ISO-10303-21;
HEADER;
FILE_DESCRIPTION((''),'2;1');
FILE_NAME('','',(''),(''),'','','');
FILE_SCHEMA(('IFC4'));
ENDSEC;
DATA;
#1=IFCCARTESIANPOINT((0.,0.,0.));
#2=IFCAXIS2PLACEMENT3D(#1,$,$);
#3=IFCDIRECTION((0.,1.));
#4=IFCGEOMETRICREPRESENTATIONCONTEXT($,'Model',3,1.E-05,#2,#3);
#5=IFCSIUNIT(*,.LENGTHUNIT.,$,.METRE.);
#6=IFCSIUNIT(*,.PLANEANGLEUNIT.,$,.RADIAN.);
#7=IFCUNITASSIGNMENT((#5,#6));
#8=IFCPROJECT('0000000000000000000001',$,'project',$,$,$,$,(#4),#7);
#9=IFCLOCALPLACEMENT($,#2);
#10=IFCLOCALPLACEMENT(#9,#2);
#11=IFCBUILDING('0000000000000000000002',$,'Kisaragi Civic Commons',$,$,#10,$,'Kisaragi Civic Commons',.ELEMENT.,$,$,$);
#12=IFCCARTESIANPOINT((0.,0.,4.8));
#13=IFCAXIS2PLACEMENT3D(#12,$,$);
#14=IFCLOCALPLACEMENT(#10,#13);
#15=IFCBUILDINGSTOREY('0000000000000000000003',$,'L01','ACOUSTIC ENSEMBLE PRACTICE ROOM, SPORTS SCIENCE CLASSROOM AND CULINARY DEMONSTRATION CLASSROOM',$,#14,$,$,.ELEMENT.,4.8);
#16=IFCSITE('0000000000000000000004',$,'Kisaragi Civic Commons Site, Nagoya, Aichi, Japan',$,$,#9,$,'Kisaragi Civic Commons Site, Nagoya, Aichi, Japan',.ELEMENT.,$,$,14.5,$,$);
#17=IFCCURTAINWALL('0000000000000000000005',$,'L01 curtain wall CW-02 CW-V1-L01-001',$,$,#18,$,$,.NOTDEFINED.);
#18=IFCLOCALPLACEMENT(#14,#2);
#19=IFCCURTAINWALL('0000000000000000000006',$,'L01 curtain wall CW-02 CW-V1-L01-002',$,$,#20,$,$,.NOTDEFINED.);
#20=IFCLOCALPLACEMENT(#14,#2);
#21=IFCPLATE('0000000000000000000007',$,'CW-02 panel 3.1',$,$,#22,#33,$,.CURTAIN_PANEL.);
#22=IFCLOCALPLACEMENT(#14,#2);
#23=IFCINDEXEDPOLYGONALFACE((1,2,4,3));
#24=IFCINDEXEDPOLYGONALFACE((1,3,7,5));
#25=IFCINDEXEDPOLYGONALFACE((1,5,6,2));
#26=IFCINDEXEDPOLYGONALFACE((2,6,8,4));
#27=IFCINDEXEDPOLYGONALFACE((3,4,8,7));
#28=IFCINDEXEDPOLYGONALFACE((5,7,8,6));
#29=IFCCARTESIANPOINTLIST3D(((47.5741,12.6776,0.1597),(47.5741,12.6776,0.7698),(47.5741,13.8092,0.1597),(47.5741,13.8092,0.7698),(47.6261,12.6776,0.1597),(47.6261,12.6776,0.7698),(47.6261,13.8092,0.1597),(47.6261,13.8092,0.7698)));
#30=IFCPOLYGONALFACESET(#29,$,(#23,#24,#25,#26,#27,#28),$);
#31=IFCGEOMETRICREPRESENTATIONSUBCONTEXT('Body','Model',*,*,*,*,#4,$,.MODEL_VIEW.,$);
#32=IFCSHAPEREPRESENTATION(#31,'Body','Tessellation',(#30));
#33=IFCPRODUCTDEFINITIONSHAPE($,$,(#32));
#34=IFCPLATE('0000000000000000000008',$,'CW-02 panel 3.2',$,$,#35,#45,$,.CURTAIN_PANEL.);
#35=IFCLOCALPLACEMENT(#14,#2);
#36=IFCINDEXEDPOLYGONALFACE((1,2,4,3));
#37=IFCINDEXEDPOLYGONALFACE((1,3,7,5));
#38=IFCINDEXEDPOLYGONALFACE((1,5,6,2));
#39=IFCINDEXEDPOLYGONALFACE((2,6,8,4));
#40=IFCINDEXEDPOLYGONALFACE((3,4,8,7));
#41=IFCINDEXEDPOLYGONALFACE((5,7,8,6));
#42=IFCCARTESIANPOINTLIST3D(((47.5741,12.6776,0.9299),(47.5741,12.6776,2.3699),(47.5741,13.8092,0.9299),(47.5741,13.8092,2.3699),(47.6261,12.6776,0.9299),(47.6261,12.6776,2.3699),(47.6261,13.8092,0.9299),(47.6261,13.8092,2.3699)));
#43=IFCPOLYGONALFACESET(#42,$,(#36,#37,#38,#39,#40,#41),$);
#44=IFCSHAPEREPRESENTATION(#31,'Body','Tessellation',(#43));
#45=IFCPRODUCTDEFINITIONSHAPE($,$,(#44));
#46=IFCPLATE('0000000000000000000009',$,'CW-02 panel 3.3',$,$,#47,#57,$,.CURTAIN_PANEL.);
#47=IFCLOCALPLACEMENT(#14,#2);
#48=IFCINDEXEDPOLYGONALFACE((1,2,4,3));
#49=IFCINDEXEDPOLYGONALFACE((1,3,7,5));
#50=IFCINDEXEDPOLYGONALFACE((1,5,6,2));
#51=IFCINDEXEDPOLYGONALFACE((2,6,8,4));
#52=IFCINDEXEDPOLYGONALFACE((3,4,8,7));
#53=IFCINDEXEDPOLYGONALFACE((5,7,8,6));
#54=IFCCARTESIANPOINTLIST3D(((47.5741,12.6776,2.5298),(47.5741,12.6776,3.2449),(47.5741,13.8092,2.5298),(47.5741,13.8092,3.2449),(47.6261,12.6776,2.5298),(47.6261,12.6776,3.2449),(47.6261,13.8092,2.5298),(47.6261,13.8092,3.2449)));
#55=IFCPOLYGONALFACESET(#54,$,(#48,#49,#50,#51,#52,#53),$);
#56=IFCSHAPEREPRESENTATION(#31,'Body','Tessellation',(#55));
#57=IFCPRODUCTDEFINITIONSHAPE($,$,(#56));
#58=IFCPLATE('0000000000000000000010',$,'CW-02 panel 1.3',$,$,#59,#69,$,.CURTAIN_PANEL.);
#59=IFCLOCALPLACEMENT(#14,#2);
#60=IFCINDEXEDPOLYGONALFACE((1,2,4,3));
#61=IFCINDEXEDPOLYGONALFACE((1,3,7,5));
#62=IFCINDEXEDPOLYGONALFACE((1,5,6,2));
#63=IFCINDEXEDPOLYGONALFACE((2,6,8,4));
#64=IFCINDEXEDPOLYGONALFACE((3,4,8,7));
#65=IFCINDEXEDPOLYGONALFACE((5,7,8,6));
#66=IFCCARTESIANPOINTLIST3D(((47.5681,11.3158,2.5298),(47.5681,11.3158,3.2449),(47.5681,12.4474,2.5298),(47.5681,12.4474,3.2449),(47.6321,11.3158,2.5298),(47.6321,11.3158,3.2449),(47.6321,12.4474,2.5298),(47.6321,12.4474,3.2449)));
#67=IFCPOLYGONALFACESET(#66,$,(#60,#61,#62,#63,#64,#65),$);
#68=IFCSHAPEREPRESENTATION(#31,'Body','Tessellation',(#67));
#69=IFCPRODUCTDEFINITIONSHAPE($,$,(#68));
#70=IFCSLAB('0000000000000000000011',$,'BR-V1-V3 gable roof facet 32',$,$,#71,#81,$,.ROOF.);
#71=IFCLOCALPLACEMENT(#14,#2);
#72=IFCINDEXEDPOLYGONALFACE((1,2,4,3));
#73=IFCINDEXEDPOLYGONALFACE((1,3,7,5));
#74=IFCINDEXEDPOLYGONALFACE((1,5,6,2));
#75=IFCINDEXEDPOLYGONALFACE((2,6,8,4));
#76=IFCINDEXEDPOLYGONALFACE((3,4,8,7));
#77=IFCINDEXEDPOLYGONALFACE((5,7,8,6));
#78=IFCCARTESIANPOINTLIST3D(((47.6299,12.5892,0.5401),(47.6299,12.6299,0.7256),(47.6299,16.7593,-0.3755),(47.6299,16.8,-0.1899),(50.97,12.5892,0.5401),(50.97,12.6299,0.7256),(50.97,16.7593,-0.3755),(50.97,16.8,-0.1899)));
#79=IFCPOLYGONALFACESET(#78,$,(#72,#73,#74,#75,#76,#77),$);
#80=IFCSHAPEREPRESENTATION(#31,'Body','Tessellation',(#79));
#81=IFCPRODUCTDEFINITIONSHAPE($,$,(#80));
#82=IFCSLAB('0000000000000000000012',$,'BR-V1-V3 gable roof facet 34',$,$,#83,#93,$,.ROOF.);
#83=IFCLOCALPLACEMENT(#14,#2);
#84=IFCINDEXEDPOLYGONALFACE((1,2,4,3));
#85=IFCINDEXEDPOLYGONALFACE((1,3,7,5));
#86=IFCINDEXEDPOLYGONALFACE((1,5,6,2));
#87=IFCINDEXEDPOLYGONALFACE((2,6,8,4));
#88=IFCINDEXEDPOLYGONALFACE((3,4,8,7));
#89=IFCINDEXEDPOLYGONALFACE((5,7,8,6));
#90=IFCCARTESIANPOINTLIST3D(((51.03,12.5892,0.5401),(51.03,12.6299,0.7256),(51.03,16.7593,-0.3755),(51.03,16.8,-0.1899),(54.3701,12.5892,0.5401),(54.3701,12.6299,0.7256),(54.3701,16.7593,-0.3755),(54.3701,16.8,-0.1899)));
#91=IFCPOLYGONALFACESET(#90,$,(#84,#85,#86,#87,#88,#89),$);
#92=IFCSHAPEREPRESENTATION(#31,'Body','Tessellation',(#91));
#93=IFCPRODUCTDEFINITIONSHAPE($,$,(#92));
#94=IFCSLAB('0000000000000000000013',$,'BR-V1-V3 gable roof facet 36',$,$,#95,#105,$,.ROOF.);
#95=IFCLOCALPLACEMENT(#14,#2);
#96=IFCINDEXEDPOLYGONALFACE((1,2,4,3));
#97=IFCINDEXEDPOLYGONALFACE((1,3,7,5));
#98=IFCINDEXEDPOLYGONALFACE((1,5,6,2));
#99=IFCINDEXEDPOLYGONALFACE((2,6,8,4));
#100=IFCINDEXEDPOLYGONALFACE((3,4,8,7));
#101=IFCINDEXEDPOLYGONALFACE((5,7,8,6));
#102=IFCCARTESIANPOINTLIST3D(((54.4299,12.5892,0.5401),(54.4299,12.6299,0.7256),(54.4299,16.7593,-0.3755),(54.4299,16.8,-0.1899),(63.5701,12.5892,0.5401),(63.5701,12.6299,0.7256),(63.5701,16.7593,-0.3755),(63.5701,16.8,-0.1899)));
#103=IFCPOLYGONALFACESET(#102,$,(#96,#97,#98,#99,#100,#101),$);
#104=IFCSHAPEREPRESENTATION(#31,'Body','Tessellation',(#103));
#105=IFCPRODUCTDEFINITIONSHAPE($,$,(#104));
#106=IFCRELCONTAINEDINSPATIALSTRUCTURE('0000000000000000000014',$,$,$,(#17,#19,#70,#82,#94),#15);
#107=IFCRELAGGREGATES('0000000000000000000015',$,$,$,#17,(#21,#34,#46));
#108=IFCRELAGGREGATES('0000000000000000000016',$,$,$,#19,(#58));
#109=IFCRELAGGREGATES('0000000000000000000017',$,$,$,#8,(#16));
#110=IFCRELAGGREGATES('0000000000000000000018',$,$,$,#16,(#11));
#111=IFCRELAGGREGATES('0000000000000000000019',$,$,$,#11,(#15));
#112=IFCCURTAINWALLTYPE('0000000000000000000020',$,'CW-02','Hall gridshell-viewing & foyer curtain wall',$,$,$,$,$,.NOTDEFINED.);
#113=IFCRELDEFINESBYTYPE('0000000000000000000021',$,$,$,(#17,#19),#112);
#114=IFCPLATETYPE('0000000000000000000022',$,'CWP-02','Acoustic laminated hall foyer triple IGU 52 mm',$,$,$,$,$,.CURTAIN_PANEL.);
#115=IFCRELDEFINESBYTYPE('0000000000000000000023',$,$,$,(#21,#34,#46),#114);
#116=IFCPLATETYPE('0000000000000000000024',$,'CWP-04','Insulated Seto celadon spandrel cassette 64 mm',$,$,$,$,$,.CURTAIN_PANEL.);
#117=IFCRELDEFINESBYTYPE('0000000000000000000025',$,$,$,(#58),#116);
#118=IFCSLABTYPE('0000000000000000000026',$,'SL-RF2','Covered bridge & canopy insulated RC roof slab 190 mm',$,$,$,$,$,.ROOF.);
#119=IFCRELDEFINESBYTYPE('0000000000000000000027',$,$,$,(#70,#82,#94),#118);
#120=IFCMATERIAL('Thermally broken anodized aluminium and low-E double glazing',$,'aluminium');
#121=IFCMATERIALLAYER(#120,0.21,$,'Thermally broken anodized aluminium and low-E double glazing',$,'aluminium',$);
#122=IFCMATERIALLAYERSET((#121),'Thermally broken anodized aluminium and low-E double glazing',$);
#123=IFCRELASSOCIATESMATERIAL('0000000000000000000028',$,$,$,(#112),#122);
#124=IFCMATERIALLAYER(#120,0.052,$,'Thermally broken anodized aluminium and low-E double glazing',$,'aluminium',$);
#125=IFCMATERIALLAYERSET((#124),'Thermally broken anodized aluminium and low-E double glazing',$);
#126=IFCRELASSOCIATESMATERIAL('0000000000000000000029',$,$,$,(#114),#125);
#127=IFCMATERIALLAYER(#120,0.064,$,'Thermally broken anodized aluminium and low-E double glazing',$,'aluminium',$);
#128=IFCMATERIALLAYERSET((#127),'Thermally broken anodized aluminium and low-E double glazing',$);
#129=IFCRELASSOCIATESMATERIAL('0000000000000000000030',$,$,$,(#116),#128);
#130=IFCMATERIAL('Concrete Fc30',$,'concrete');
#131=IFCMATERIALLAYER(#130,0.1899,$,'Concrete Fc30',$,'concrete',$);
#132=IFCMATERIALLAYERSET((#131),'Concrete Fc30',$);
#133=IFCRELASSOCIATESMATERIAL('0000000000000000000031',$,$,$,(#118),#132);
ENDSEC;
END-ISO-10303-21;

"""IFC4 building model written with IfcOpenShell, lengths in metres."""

from ifc_helpers import new_model, si_unit, direction, frame, origin, origin_2d, place, context, subcontext, project, spatial, polyline, rectangle, outline, extrude, material, layer, layer_set, type_object, element, aggregate, save


model = new_model("IFC4")

# Units and contexts
model_context = context("Model", 3, precision=1e-05, world=origin(), true_north=direction((0.0, 1.0)))
body_context = subcontext(model_context, "Body", "Model", "MODEL_VIEW")
ifc_project = project(units=[si_unit("LENGTHUNIT", "METRE"), si_unit("PLANEANGLEUNIT", "RADIAN")], contexts=[model_context])

# Site, building, storey
site_placement = place(None, origin())
site = spatial("IfcSite", under=ifc_project, at=site_placement, Name="Kisaragi Civic Commons Site, Nagoya, Aichi, Japan", LongName="Kisaragi Civic Commons Site, Nagoya, Aichi, Japan", CompositionType="ELEMENT", RefElevation=14.5)
building_placement = place(site_placement, origin())
building = spatial("IfcBuilding", under=site, at=building_placement, Name="Kisaragi Civic Commons", LongName="Kisaragi Civic Commons", CompositionType="ELEMENT")
storey_placement = place(building_placement, frame((0.0, 0.0, 4.8)))
storey = spatial("IfcBuildingStorey", under=building, at=storey_placement, Name="L01", Description="ACOUSTIC ENSEMBLE PRACTICE ROOM, SPORTS SCIENCE CLASSROOM AND CULINARY DEMONSTRATION CLASSROOM", CompositionType="ELEMENT", Elevation=4.8)

# Curtain wall
ifc_material_1 = material(Name="Thermally broken anodized aluminium and low-E double glazing", Category="aluminium")
ifc_layer_1 = layer(ifc_material_1, 0.21, Name="Thermally broken anodized aluminium and low-E double glazing", Category="aluminium")
ifc_layer_set_1 = layer_set([ifc_layer_1], Name="Thermally broken anodized aluminium and low-E double glazing")
curtain_wall_type = type_object("IfcCurtainWallType", Name="CW-02", Description="Hall gridshell-viewing & foyer curtain wall", PredefinedType="NOTDEFINED", material=ifc_layer_set_1)
curtain_wall_1_placement = place(storey_placement, origin())
curtain_wall_1 = element("IfcCurtainWall", 1, at=curtain_wall_1_placement, inside=storey, type_object=curtain_wall_type, Name="L01 curtain wall CW-02 CW-V1-L01-001", PredefinedType="NOTDEFINED")

# Curtain wall
curtain_wall_2_placement = place(storey_placement, origin())
curtain_wall_2 = element("IfcCurtainWall", 2, at=curtain_wall_2_placement, inside=storey, type_object=curtain_wall_type, Name="L01 curtain wall CW-02 CW-V1-L01-002", PredefinedType="NOTDEFINED")

# Plates
ifc_layer_2 = layer(ifc_material_1, 0.052, Name="Thermally broken anodized aluminium and low-E double glazing", Category="aluminium")
ifc_layer_set_2 = layer_set([ifc_layer_2], Name="Thermally broken anodized aluminium and low-E double glazing")
plate_type_1 = type_object("IfcPlateType", Name="CWP-02", Description="Acoustic laminated hall foyer triple IGU 52 mm", PredefinedType="CURTAIN_PANEL", material=ifc_layer_set_2)
plate_1_placement = place(storey_placement, frame((47.6001, 13.2434, 0.1597), z_axis=(0.0, 0.0, 1.0), x_axis=(0.0, -1.0, 0.0)))
plate_1 = element("IfcPlate", 3, at=plate_1_placement, type_object=plate_type_1, Name="CW-02 panel 3.1", PredefinedType="CURTAIN_PANEL", context=body_context, shape_type="SweptSolid", body=[
    extrude(rectangle(XDim=1.1316, YDim=0.052, at=origin_2d()), origin(), (0.0, 0.0, 1.0), 0.6101),
])
plate_2_placement = place(storey_placement, frame((47.6001, 13.2434, 0.9299), z_axis=(0.0, 0.0, 1.0), x_axis=(0.0, -1.0, 0.0)))
plate_2 = element("IfcPlate", 4, at=plate_2_placement, type_object=plate_type_1, Name="CW-02 panel 3.2", PredefinedType="CURTAIN_PANEL", context=body_context, shape_type="SweptSolid", body=[
    extrude(rectangle(XDim=1.1316, YDim=0.052, at=origin_2d()), origin(), (0.0, 0.0, 1.0), 1.4399),
])
plate_3_placement = place(storey_placement, frame((47.6001, 13.2434, 2.5298), z_axis=(0.0, 0.0, 1.0), x_axis=(0.0, -1.0, 0.0)))
plate_3 = element("IfcPlate", 5, at=plate_3_placement, type_object=plate_type_1, Name="CW-02 panel 3.3", PredefinedType="CURTAIN_PANEL", context=body_context, shape_type="SweptSolid", body=[
    extrude(rectangle(XDim=1.1316, YDim=0.052, at=origin_2d()), origin(), (0.0, 0.0, 1.0), 0.7151),
])
aggregate(curtain_wall_1, [plate_1, plate_2, plate_3])
ifc_layer_3 = layer(ifc_material_1, 0.064, Name="Thermally broken anodized aluminium and low-E double glazing", Category="aluminium")
ifc_layer_set_3 = layer_set([ifc_layer_3], Name="Thermally broken anodized aluminium and low-E double glazing")
plate_type_2 = type_object("IfcPlateType", Name="CWP-04", Description="Insulated Seto celadon spandrel cassette 64 mm", PredefinedType="CURTAIN_PANEL", material=ifc_layer_set_3)
plate_4_placement = place(storey_placement, frame((47.6001, 11.8816, 2.5298), z_axis=(0.0, 0.0, 1.0), x_axis=(0.0, -1.0, 0.0)))
plate_4 = element("IfcPlate", 6, at=plate_4_placement, type_object=plate_type_2, Name="CW-02 panel 1.3", PredefinedType="CURTAIN_PANEL", context=body_context, shape_type="SweptSolid", body=[
    extrude(rectangle(XDim=1.1316, YDim=0.064, at=origin_2d()), origin(), (0.0, 0.0, 1.0), 0.7151),
])
aggregate(curtain_wall_2, [plate_4])

# Slabs
ifc_material_2 = material(Name="Concrete Fc30", Category="concrete")
ifc_layer_4 = layer(ifc_material_2, 0.1899, Name="Concrete Fc30", Category="concrete")
ifc_layer_set_4 = layer_set([ifc_layer_4], Name="Concrete Fc30")
slab_type = type_object("IfcSlabType", Name="SL-RF2", Description="Covered bridge & canopy insulated RC roof slab 190 mm", PredefinedType="ROOF", material=ifc_layer_set_4)
for number, where, z_axis, x_axis, name in (
    (7, (47.6299, 12.6299, 0.7256), (0.0, 0.214435, 0.976738), (1.0, 0.0, 0.0), "BR-V1-V3 gable roof facet 32"),
    (8, (51.03, 12.6299, 0.7256), (0.0, 0.214435, 0.976738), (1.0, 0.0, 0.0), "BR-V1-V3 gable roof facet 34"),
):
    element("IfcSlab", number, at=place(storey_placement, frame(where, z_axis=z_axis, x_axis=x_axis)), inside=storey, type_object=slab_type, Name=name, PredefinedType="ROOF", context=body_context, shape_type="SweptSolid", body=[
        extrude(outline(polyline([(0.0, 0.0), (3.3401, 0.0), (3.3401, 4.2695), (0.0, 4.2695), (0.0, 0.0)])), origin(), (0.0, 0.0, -1.0), 0.1899),
    ])
slab_placement = place(storey_placement, frame((54.4299, 12.6299, 0.7256), z_axis=(0.0, 0.214435, 0.976738), x_axis=(1.0, 0.0, 0.0)))
element("IfcSlab", 9, at=slab_placement, inside=storey, type_object=slab_type, Name="BR-V1-V3 gable roof facet 36", PredefinedType="ROOF", context=body_context, shape_type="SweptSolid", body=[
    extrude(outline(polyline([(0.0, 0.0), (9.1401, 0.0), (9.1401, 4.2695), (0.0, 4.2695), (0.0, 0.0)])), origin(), (0.0, 0.0, -1.0), 0.1899),
])

save(model, "model.ifc")
